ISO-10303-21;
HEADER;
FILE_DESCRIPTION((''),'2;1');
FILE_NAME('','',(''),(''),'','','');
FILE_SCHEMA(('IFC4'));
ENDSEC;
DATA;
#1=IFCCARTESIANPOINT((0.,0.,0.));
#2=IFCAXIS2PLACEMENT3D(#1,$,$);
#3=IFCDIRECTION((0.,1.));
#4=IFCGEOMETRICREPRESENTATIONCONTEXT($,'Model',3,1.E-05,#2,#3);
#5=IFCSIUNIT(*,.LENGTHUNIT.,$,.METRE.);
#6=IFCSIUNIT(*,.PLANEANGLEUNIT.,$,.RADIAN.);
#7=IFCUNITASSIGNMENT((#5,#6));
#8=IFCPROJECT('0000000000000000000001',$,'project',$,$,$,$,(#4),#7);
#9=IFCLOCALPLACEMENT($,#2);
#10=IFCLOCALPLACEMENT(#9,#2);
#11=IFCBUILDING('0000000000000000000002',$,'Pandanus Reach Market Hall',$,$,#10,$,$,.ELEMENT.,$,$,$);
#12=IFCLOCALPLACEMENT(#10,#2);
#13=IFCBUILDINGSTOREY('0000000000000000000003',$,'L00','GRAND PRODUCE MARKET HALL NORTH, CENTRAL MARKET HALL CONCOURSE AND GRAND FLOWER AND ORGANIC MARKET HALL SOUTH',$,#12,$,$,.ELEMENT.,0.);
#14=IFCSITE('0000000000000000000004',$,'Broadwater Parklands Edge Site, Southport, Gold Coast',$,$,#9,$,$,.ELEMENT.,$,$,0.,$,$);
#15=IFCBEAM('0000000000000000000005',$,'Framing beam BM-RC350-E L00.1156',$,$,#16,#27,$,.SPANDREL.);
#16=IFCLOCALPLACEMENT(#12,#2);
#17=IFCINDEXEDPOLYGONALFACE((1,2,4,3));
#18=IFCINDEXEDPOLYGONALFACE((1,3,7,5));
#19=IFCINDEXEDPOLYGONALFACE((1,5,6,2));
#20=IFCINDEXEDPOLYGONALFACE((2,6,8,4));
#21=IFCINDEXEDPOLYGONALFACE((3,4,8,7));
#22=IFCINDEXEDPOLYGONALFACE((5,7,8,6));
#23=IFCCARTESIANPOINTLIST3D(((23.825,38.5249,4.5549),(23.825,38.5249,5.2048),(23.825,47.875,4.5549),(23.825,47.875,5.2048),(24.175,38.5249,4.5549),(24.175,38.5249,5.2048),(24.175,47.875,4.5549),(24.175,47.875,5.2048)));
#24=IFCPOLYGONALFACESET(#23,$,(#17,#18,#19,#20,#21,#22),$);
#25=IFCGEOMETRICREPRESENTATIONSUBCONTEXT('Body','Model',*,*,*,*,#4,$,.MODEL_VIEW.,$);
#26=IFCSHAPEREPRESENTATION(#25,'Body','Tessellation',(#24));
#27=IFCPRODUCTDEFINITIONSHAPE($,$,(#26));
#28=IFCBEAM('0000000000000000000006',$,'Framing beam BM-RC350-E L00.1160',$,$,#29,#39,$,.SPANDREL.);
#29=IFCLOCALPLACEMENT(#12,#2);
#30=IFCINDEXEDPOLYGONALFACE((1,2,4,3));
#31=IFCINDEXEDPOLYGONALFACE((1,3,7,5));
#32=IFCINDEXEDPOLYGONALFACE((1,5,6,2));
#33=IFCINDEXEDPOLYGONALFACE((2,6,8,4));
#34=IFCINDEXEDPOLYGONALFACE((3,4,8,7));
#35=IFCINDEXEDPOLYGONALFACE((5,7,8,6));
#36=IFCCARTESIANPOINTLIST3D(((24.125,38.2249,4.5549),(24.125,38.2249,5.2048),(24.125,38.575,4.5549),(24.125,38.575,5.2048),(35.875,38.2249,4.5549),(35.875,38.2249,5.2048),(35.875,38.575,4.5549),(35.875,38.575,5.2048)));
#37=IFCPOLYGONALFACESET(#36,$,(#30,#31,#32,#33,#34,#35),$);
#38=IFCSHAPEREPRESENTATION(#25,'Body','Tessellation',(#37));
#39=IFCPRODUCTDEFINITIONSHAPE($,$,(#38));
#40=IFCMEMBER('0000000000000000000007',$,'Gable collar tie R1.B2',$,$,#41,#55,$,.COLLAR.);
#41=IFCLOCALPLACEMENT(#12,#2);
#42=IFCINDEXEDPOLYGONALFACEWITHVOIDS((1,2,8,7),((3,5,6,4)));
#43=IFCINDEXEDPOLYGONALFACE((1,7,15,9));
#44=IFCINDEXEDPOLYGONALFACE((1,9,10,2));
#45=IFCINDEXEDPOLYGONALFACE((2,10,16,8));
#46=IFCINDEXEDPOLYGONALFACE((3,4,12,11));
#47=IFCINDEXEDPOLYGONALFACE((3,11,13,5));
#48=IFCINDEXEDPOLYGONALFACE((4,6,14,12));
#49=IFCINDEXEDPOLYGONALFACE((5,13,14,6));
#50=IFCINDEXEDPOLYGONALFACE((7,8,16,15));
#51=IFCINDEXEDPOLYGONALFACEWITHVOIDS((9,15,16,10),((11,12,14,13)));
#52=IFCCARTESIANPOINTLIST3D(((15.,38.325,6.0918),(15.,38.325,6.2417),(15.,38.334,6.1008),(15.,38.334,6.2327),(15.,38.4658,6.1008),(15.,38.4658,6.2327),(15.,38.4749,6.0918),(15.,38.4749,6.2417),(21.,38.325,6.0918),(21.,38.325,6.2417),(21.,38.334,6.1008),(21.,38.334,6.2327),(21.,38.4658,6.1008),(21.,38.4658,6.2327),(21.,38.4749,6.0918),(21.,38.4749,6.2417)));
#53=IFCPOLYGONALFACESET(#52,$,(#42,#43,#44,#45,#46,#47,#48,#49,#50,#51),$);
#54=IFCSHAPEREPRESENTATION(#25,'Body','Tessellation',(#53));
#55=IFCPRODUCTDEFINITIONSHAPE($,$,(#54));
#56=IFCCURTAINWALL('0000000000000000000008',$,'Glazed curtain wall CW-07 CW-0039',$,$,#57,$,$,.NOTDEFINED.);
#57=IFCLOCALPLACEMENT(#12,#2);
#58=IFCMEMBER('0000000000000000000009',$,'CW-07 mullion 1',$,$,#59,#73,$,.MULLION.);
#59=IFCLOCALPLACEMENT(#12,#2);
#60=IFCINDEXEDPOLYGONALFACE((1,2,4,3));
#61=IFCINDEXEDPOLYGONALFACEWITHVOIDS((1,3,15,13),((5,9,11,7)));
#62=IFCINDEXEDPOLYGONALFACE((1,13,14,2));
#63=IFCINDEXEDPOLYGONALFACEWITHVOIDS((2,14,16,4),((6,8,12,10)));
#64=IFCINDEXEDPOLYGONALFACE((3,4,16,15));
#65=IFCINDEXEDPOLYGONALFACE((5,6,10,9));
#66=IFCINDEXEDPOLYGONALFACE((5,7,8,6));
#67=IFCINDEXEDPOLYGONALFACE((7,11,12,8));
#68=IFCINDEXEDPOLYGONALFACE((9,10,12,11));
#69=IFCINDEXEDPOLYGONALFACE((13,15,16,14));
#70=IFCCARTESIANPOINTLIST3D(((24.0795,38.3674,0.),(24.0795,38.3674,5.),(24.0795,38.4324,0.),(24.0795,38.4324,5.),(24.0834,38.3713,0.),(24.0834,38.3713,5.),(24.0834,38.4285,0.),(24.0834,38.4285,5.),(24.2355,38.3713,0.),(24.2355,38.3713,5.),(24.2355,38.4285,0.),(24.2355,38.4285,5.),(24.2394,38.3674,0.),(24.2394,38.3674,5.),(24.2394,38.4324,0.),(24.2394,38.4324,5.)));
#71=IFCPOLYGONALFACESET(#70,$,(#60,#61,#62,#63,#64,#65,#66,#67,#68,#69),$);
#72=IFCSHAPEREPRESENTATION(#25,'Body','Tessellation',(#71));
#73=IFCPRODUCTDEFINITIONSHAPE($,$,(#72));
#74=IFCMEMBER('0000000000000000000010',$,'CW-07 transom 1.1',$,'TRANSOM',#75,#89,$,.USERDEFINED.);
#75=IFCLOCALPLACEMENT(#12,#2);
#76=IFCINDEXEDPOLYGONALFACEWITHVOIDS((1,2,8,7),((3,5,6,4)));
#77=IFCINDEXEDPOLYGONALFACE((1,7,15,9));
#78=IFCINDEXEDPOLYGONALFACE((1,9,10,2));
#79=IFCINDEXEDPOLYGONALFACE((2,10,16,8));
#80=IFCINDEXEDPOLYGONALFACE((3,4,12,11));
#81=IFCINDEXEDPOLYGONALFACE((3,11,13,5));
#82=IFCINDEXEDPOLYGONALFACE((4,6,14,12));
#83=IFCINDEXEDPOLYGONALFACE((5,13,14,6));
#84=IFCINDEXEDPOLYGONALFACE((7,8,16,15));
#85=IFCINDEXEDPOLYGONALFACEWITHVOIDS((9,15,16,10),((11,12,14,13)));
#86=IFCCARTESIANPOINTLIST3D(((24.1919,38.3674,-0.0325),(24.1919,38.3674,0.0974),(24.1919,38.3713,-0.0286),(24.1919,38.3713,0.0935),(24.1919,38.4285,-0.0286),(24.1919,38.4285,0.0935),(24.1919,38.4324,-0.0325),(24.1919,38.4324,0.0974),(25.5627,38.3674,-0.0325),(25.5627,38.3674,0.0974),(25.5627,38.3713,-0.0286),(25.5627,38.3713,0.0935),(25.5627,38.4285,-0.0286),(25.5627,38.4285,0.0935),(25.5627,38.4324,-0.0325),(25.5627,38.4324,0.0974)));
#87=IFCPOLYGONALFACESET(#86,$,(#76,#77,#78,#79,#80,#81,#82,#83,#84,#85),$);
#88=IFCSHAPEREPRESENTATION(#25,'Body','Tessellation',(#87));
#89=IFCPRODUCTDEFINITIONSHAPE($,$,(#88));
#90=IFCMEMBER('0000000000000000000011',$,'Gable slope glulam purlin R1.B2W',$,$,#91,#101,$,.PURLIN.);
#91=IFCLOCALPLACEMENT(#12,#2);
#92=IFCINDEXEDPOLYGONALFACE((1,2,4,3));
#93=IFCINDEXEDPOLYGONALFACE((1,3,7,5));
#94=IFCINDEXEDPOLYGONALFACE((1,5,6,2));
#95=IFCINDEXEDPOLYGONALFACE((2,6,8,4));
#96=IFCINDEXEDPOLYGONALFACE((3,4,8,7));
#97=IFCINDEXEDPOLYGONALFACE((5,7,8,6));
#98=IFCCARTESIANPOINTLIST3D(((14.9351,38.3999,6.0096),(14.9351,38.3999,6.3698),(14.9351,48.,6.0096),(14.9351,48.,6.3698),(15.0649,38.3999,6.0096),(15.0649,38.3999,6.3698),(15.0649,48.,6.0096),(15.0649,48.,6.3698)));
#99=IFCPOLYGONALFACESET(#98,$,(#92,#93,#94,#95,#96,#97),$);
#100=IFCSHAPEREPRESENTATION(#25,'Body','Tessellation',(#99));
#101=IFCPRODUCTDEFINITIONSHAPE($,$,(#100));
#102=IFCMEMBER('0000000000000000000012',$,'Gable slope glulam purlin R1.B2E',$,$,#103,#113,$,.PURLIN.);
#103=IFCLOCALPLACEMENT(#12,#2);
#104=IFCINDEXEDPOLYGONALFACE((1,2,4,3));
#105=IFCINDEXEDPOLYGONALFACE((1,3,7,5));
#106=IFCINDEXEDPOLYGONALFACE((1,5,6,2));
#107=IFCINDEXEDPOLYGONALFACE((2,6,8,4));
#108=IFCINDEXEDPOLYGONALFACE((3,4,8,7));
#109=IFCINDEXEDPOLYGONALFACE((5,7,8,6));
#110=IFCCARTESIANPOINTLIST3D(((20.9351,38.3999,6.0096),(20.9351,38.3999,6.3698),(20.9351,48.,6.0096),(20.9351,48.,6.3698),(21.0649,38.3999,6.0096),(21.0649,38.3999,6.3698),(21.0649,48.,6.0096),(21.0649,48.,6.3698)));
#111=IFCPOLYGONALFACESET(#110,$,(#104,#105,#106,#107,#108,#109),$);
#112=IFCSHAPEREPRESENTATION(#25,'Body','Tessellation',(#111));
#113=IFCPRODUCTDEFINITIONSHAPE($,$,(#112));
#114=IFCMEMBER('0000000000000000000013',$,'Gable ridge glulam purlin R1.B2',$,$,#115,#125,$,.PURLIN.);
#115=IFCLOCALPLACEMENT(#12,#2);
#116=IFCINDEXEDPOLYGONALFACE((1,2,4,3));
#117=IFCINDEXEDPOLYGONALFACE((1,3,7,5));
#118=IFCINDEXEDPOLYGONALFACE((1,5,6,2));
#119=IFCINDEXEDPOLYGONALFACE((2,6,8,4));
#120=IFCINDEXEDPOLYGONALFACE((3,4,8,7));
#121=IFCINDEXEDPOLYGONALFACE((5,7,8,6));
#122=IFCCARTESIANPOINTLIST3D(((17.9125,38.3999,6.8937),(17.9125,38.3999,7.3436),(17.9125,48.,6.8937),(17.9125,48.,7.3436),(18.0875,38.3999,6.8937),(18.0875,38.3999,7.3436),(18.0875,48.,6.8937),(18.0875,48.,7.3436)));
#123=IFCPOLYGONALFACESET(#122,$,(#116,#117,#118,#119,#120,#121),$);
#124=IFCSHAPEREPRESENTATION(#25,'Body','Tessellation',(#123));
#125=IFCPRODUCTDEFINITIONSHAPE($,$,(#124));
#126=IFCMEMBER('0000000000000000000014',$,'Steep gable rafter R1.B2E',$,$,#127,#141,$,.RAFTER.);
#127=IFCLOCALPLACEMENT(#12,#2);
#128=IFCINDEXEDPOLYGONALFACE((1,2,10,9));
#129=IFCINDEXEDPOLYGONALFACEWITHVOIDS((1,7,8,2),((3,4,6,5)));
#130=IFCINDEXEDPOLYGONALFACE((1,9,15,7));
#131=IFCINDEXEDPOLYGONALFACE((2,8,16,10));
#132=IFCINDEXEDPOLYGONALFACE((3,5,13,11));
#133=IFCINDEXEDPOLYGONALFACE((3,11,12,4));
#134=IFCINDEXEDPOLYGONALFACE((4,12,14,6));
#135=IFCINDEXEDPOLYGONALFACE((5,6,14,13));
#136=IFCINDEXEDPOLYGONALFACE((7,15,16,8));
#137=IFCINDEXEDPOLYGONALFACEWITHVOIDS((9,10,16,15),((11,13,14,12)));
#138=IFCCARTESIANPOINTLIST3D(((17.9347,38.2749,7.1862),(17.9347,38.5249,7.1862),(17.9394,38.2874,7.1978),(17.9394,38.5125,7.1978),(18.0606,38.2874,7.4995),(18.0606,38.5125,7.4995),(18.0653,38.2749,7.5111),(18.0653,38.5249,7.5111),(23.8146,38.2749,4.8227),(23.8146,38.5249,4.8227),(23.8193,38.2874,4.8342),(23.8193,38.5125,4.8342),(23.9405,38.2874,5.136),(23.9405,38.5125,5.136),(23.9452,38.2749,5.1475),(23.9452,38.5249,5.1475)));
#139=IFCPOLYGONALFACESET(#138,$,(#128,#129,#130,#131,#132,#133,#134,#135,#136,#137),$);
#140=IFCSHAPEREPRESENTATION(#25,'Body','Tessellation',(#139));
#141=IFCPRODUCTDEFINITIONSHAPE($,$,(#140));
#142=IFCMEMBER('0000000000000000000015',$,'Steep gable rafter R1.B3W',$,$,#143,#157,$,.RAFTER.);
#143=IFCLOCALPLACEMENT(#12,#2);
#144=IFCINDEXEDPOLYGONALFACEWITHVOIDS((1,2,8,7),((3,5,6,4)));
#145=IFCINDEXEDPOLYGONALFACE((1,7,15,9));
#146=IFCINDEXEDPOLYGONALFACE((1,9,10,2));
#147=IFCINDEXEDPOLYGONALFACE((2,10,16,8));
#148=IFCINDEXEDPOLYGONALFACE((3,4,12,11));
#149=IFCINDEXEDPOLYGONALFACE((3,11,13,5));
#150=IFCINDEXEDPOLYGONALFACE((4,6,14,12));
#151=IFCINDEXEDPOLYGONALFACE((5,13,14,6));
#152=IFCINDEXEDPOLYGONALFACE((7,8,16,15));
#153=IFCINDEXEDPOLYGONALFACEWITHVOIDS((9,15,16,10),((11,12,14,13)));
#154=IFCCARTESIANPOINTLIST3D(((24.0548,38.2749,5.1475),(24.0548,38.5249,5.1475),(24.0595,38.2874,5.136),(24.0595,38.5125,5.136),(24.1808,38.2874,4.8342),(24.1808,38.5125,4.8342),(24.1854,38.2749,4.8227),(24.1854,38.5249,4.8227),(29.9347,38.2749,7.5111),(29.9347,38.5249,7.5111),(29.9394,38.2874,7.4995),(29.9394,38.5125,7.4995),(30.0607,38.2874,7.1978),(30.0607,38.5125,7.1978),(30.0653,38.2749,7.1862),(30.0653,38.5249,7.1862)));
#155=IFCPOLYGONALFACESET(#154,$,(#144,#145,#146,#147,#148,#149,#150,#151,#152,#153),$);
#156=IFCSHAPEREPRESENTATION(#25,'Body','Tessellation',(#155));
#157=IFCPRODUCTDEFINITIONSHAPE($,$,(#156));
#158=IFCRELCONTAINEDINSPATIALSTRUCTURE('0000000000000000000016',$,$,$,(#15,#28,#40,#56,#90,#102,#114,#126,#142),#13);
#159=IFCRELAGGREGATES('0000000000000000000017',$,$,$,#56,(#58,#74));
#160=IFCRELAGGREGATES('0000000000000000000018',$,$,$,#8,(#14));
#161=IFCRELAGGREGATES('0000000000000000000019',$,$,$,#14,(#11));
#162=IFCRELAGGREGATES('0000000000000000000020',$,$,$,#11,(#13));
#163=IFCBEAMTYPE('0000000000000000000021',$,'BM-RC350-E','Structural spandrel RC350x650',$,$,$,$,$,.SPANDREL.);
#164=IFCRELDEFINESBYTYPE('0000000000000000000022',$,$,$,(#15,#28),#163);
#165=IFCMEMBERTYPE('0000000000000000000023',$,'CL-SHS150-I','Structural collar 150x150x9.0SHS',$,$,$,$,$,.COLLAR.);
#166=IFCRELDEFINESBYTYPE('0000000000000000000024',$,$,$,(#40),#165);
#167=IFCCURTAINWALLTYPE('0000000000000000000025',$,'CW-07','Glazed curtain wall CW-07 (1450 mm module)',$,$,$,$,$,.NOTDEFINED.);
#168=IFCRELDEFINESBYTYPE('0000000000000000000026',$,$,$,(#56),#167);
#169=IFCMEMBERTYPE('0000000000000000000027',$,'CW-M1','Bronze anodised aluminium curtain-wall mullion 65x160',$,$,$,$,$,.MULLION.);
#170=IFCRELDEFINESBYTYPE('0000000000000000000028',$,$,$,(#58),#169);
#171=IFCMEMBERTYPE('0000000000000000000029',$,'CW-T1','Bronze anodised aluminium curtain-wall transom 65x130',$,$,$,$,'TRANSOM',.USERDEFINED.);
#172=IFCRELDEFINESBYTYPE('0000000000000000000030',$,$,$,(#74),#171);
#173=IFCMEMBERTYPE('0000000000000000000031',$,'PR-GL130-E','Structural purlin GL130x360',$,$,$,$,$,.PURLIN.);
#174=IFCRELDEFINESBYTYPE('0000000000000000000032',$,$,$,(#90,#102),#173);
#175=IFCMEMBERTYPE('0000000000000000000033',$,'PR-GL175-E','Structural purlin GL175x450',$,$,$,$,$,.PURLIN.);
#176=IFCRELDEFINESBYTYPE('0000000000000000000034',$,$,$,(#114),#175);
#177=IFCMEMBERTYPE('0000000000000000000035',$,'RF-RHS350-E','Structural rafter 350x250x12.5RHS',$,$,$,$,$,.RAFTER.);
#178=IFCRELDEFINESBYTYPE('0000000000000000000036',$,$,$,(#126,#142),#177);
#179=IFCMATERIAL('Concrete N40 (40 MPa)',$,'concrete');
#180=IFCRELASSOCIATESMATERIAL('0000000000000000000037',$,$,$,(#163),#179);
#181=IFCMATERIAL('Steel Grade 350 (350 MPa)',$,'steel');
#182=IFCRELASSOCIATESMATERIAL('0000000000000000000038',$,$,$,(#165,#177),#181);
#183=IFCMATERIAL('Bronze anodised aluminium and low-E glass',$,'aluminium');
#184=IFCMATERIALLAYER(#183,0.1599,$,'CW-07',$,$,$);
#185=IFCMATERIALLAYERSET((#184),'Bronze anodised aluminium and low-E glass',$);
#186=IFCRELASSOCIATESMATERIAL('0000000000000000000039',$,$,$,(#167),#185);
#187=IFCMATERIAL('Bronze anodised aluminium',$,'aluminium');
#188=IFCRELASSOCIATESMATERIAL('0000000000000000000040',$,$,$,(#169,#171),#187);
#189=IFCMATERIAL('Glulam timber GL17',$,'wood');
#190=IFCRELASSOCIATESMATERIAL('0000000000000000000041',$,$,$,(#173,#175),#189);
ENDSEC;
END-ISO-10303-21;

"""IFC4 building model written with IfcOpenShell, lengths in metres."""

from ifc_helpers import new_model, si_unit, direction, frame, origin, origin_2d, place, context, subcontext, project, spatial, rectangle, hollow_rectangle, extrude, material, layer, layer_set, material_profile, profile_set, type_object, element, aggregate, save


model = new_model("IFC4")

# Units and contexts
model_context = context("Model", 3, precision=1e-05, world=origin(), true_north=direction((0.0, 1.0)))
body_context = subcontext(model_context, "Body", "Model", "MODEL_VIEW")
ifc_project = project(units=[si_unit("LENGTHUNIT", "METRE"), si_unit("PLANEANGLEUNIT", "RADIAN")], contexts=[model_context])

# Site, building, storey
site_placement = place(None, origin())
site = spatial("IfcSite", under=ifc_project, at=site_placement, Name="Broadwater Parklands Edge Site, Southport, Gold Coast", CompositionType="ELEMENT", RefElevation=0.0)
building_placement = place(site_placement, origin())
building = spatial("IfcBuilding", under=site, at=building_placement, Name="Pandanus Reach Market Hall", CompositionType="ELEMENT")
storey_placement = place(building_placement, origin())
storey = spatial("IfcBuildingStorey", under=building, at=storey_placement, Name="L00", Description="GRAND PRODUCE MARKET HALL NORTH, CENTRAL MARKET HALL CONCOURSE AND GRAND FLOWER AND ORGANIC MARKET HALL SOUTH", CompositionType="ELEMENT", Elevation=0.0)

# Shared definitions
ifc_material_1 = material(Name="Concrete N40 (40 MPa)", Category="concrete")

# Shared definitions
ifc_material_2 = material(Name="Steel Grade 350 (350 MPa)", Category="steel")

# Beams
ifc_material_profile_1 = material_profile(ifc_material_1, rectangle(XDim=0.3501, YDim=0.6499, at=origin_2d()), Name="RC350x650", Category="LoadBearing")
ifc_profile_set_1 = profile_set([ifc_material_profile_1], Name="Concrete N40 (40 MPa)")
beam_type = type_object("IfcBeamType", Name="BM-RC350-E", Description="Structural spandrel RC350x650", PredefinedType="SPANDREL", material=ifc_profile_set_1)
beam_1_placement = place(storey_placement, frame((24.0, 38.5249, 4.8799), z_axis=(0.0, 1.0, 0.0), x_axis=(-1.0, 0.0, 0.0)))
element("IfcBeam", 1, at=beam_1_placement, inside=storey, type_object=beam_type, Name="Framing beam BM-RC350-E L00.1156", PredefinedType="SPANDREL", context=body_context, shape_type="SweptSolid", body=[
    extrude(rectangle(XDim=0.3501, YDim=0.6499, at=origin_2d()), origin(), (0.0, 0.0, 1.0), 9.3501),
])
beam_2_placement = place(storey_placement, frame((24.125, 38.3999, 4.8799), z_axis=(1.0, 0.0, 0.0), x_axis=(0.0, 1.0, 0.0)))
element("IfcBeam", 2, at=beam_2_placement, inside=storey, type_object=beam_type, Name="Framing beam BM-RC350-E L00.1160", PredefinedType="SPANDREL", context=body_context, shape_type="SweptSolid", body=[
    extrude(rectangle(XDim=0.3501, YDim=0.6499, at=origin_2d()), origin(), (0.0, 0.0, 1.0), 11.75),
])

# Member
ifc_material_profile_2 = material_profile(ifc_material_2, hollow_rectangle(XDim=0.1499, YDim=0.1499, WallThickness=0.009, at=origin_2d()), Name="150x150x9.0SHS", Category="LoadBearing")
ifc_profile_set_2 = profile_set([ifc_material_profile_2], Name="Steel Grade 350 (350 MPa)")
member_type_1 = type_object("IfcMemberType", Name="CL-SHS150-I", Description="Structural collar 150x150x9.0SHS", PredefinedType="COLLAR", material=ifc_profile_set_2)
member_1_placement = place(storey_placement, frame((15.0, 38.3999, 6.1667), z_axis=(1.0, 0.0, 0.0), x_axis=(0.0, 1.0, 0.0)))
element("IfcMember", 3, at=member_1_placement, inside=storey, type_object=member_type_1, Name="Gable collar tie R1.B2", PredefinedType="COLLAR", context=body_context, shape_type="SweptSolid", body=[
    extrude(hollow_rectangle(XDim=0.1499, YDim=0.1499, WallThickness=0.009, at=origin_2d()), origin(), (0.0, 0.0, 1.0), 6.0),
])

# Curtain wall, members
ifc_material_3 = material(Name="Bronze anodised aluminium and low-E glass", Category="aluminium")
ifc_layer_1 = layer(ifc_material_3, 0.1599, Name="CW-07")
ifc_layer_set_1 = layer_set([ifc_layer_1], Name="Bronze anodised aluminium and low-E glass")
curtain_wall_type = type_object("IfcCurtainWallType", Name="CW-07", Description="Glazed curtain wall CW-07 (1450 mm module)", PredefinedType="NOTDEFINED", material=ifc_layer_set_1)
curtain_wall_placement = place(storey_placement, origin())
curtain_wall = element("IfcCurtainWall", 4, at=curtain_wall_placement, inside=storey, type_object=curtain_wall_type, Name="Glazed curtain wall CW-07 CW-0039", PredefinedType="NOTDEFINED")
ifc_material_4 = material(Name="Bronze anodised aluminium", Category="aluminium")
ifc_material_profile_3 = material_profile(ifc_material_4, hollow_rectangle(XDim=0.0649, YDim=0.1599, WallThickness=0.0039, at=origin_2d()), Name="ALU65x160", Category="LoadBearing")
ifc_profile_set_3 = profile_set([ifc_material_profile_3], Name="Bronze anodised aluminium")
member_type_2 = type_object("IfcMemberType", Name="CW-M1", Description="Bronze anodised aluminium curtain-wall mullion 65x160", PredefinedType="MULLION", material=ifc_profile_set_3)
member_2_placement = place(storey_placement, frame((24.1594, 38.3999, 0.0), z_axis=(0.0, 0.0, 1.0), x_axis=(0.0, 1.0, 0.0)))
member_2 = element("IfcMember", 5, at=member_2_placement, type_object=member_type_2, Name="CW-07 mullion 1", PredefinedType="MULLION", context=body_context, shape_type="SweptSolid", body=[
    extrude(hollow_rectangle(XDim=0.0649, YDim=0.1599, WallThickness=0.0039, at=origin_2d()), origin(), (0.0, 0.0, 1.0), 5.0),
])
ifc_material_profile_4 = material_profile(ifc_material_4, hollow_rectangle(XDim=0.0649, YDim=0.1299, WallThickness=0.0039, at=origin_2d()), Name="ALU65x130", Category="LoadBearing")
ifc_profile_set_4 = profile_set([ifc_material_profile_4], Name="Bronze anodised aluminium")
member_type_3 = type_object("IfcMemberType", Name="CW-T1", Description="Bronze anodised aluminium curtain-wall transom 65x130", ElementType="TRANSOM", PredefinedType="USERDEFINED", material=ifc_profile_set_4)
member_3_placement = place(storey_placement, frame((24.1919, 38.3999, 0.0325), z_axis=(1.0, 0.0, 0.0), x_axis=(0.0, 1.0, 0.0)))
member_3 = element("IfcMember", 6, at=member_3_placement, type_object=member_type_3, Name="CW-07 transom 1.1", ObjectType="TRANSOM", PredefinedType="USERDEFINED", context=body_context, shape_type="SweptSolid", body=[
    extrude(hollow_rectangle(XDim=0.0649, YDim=0.1299, WallThickness=0.0039, at=origin_2d()), origin(), (0.0, 0.0, 1.0), 1.3708),
])
aggregate(curtain_wall, [member_2, member_3])

# Members
ifc_material_5 = material(Name="Glulam timber GL17", Category="wood")
ifc_material_profile_5 = material_profile(ifc_material_5, rectangle(XDim=0.1299, YDim=0.3601, at=origin_2d()), Name="GL130x360", Category="LoadBearing")
ifc_profile_set_5 = profile_set([ifc_material_profile_5], Name="Glulam timber GL17")
member_type_4 = type_object("IfcMemberType", Name="PR-GL130-E", Description="Structural purlin GL130x360", PredefinedType="PURLIN", material=ifc_profile_set_5)
for number, where, z_axis, x_axis, name in (
    (7, (15.0, 38.3999, 6.1897), (0.0, 1.0, 0.0), (-1.0, 0.0, 0.0), "Gable slope glulam purlin R1.B2W"),
    (8, (21.0, 38.3999, 6.1897), (0.0, 1.0, 0.0), (-1.0, 0.0, 0.0), "Gable slope glulam purlin R1.B2E"),
):
    element("IfcMember", number, at=place(storey_placement, frame(where, z_axis=z_axis, x_axis=x_axis)), inside=storey, type_object=member_type_4, Name=name, PredefinedType="PURLIN", context=body_context, shape_type="SweptSolid", body=[
        extrude(rectangle(XDim=0.1299, YDim=0.3601, at=origin_2d()), origin(), (0.0, 0.0, 1.0), 9.6001),
    ])
ifc_material_profile_6 = material_profile(ifc_material_5, rectangle(XDim=0.175, YDim=0.45, at=origin_2d()), Name="GL175x450", Category="LoadBearing")
ifc_profile_set_6 = profile_set([ifc_material_profile_6], Name="Glulam timber GL17")
member_type_5 = type_object("IfcMemberType", Name="PR-GL175-E", Description="Structural purlin GL175x450", PredefinedType="PURLIN", material=ifc_profile_set_6)
member_4_placement = place(storey_placement, frame((18.0, 38.3999, 7.1187), z_axis=(0.0, 1.0, 0.0), x_axis=(-1.0, 0.0, 0.0)))
element("IfcMember", 9, at=member_4_placement, inside=storey, type_object=member_type_5, Name="Gable ridge glulam purlin R1.B2", PredefinedType="PURLIN", context=body_context, shape_type="SweptSolid", body=[
    extrude(rectangle(XDim=0.175, YDim=0.45, at=origin_2d()), origin(), (0.0, 0.0, 1.0), 9.6001),
])
ifc_material_profile_7 = material_profile(ifc_material_2, hollow_rectangle(XDim=0.25, YDim=0.3501, WallThickness=0.0125, at=origin_2d()), Name="350x250x12.5RHS", Category="LoadBearing")
ifc_profile_set_7 = profile_set([ifc_material_profile_7], Name="Steel Grade 350 (350 MPa)")
member_type_6 = type_object("IfcMemberType", Name="RF-RHS350-E", Description="Structural rafter 350x250x12.5RHS", PredefinedType="RAFTER", material=ifc_profile_set_7)
for number, where, z_axis, x_axis, name in (
    (10, (18.0, 38.3999, 7.3486), (0.927846, 0.0, -0.372964), (0.0, 1.0, 0.0), "Steep gable rafter R1.B2E"),
    (11, (24.1201, 38.3999, 4.9851), (0.927846, 0.0, 0.372964), (0.0, 1.0, 0.0), "Steep gable rafter R1.B3W"),
):
    element("IfcMember", number, at=place(storey_placement, frame(where, z_axis=z_axis, x_axis=x_axis)), inside=storey, type_object=member_type_6, Name=name, PredefinedType="RAFTER", context=body_context, shape_type="SweptSolid", body=[
        extrude(hollow_rectangle(XDim=0.25, YDim=0.3501, WallThickness=0.0125, at=origin_2d()), origin(), (0.0, 0.0, 1.0), 6.3372),
    ])

save(model, "model.ifc")
